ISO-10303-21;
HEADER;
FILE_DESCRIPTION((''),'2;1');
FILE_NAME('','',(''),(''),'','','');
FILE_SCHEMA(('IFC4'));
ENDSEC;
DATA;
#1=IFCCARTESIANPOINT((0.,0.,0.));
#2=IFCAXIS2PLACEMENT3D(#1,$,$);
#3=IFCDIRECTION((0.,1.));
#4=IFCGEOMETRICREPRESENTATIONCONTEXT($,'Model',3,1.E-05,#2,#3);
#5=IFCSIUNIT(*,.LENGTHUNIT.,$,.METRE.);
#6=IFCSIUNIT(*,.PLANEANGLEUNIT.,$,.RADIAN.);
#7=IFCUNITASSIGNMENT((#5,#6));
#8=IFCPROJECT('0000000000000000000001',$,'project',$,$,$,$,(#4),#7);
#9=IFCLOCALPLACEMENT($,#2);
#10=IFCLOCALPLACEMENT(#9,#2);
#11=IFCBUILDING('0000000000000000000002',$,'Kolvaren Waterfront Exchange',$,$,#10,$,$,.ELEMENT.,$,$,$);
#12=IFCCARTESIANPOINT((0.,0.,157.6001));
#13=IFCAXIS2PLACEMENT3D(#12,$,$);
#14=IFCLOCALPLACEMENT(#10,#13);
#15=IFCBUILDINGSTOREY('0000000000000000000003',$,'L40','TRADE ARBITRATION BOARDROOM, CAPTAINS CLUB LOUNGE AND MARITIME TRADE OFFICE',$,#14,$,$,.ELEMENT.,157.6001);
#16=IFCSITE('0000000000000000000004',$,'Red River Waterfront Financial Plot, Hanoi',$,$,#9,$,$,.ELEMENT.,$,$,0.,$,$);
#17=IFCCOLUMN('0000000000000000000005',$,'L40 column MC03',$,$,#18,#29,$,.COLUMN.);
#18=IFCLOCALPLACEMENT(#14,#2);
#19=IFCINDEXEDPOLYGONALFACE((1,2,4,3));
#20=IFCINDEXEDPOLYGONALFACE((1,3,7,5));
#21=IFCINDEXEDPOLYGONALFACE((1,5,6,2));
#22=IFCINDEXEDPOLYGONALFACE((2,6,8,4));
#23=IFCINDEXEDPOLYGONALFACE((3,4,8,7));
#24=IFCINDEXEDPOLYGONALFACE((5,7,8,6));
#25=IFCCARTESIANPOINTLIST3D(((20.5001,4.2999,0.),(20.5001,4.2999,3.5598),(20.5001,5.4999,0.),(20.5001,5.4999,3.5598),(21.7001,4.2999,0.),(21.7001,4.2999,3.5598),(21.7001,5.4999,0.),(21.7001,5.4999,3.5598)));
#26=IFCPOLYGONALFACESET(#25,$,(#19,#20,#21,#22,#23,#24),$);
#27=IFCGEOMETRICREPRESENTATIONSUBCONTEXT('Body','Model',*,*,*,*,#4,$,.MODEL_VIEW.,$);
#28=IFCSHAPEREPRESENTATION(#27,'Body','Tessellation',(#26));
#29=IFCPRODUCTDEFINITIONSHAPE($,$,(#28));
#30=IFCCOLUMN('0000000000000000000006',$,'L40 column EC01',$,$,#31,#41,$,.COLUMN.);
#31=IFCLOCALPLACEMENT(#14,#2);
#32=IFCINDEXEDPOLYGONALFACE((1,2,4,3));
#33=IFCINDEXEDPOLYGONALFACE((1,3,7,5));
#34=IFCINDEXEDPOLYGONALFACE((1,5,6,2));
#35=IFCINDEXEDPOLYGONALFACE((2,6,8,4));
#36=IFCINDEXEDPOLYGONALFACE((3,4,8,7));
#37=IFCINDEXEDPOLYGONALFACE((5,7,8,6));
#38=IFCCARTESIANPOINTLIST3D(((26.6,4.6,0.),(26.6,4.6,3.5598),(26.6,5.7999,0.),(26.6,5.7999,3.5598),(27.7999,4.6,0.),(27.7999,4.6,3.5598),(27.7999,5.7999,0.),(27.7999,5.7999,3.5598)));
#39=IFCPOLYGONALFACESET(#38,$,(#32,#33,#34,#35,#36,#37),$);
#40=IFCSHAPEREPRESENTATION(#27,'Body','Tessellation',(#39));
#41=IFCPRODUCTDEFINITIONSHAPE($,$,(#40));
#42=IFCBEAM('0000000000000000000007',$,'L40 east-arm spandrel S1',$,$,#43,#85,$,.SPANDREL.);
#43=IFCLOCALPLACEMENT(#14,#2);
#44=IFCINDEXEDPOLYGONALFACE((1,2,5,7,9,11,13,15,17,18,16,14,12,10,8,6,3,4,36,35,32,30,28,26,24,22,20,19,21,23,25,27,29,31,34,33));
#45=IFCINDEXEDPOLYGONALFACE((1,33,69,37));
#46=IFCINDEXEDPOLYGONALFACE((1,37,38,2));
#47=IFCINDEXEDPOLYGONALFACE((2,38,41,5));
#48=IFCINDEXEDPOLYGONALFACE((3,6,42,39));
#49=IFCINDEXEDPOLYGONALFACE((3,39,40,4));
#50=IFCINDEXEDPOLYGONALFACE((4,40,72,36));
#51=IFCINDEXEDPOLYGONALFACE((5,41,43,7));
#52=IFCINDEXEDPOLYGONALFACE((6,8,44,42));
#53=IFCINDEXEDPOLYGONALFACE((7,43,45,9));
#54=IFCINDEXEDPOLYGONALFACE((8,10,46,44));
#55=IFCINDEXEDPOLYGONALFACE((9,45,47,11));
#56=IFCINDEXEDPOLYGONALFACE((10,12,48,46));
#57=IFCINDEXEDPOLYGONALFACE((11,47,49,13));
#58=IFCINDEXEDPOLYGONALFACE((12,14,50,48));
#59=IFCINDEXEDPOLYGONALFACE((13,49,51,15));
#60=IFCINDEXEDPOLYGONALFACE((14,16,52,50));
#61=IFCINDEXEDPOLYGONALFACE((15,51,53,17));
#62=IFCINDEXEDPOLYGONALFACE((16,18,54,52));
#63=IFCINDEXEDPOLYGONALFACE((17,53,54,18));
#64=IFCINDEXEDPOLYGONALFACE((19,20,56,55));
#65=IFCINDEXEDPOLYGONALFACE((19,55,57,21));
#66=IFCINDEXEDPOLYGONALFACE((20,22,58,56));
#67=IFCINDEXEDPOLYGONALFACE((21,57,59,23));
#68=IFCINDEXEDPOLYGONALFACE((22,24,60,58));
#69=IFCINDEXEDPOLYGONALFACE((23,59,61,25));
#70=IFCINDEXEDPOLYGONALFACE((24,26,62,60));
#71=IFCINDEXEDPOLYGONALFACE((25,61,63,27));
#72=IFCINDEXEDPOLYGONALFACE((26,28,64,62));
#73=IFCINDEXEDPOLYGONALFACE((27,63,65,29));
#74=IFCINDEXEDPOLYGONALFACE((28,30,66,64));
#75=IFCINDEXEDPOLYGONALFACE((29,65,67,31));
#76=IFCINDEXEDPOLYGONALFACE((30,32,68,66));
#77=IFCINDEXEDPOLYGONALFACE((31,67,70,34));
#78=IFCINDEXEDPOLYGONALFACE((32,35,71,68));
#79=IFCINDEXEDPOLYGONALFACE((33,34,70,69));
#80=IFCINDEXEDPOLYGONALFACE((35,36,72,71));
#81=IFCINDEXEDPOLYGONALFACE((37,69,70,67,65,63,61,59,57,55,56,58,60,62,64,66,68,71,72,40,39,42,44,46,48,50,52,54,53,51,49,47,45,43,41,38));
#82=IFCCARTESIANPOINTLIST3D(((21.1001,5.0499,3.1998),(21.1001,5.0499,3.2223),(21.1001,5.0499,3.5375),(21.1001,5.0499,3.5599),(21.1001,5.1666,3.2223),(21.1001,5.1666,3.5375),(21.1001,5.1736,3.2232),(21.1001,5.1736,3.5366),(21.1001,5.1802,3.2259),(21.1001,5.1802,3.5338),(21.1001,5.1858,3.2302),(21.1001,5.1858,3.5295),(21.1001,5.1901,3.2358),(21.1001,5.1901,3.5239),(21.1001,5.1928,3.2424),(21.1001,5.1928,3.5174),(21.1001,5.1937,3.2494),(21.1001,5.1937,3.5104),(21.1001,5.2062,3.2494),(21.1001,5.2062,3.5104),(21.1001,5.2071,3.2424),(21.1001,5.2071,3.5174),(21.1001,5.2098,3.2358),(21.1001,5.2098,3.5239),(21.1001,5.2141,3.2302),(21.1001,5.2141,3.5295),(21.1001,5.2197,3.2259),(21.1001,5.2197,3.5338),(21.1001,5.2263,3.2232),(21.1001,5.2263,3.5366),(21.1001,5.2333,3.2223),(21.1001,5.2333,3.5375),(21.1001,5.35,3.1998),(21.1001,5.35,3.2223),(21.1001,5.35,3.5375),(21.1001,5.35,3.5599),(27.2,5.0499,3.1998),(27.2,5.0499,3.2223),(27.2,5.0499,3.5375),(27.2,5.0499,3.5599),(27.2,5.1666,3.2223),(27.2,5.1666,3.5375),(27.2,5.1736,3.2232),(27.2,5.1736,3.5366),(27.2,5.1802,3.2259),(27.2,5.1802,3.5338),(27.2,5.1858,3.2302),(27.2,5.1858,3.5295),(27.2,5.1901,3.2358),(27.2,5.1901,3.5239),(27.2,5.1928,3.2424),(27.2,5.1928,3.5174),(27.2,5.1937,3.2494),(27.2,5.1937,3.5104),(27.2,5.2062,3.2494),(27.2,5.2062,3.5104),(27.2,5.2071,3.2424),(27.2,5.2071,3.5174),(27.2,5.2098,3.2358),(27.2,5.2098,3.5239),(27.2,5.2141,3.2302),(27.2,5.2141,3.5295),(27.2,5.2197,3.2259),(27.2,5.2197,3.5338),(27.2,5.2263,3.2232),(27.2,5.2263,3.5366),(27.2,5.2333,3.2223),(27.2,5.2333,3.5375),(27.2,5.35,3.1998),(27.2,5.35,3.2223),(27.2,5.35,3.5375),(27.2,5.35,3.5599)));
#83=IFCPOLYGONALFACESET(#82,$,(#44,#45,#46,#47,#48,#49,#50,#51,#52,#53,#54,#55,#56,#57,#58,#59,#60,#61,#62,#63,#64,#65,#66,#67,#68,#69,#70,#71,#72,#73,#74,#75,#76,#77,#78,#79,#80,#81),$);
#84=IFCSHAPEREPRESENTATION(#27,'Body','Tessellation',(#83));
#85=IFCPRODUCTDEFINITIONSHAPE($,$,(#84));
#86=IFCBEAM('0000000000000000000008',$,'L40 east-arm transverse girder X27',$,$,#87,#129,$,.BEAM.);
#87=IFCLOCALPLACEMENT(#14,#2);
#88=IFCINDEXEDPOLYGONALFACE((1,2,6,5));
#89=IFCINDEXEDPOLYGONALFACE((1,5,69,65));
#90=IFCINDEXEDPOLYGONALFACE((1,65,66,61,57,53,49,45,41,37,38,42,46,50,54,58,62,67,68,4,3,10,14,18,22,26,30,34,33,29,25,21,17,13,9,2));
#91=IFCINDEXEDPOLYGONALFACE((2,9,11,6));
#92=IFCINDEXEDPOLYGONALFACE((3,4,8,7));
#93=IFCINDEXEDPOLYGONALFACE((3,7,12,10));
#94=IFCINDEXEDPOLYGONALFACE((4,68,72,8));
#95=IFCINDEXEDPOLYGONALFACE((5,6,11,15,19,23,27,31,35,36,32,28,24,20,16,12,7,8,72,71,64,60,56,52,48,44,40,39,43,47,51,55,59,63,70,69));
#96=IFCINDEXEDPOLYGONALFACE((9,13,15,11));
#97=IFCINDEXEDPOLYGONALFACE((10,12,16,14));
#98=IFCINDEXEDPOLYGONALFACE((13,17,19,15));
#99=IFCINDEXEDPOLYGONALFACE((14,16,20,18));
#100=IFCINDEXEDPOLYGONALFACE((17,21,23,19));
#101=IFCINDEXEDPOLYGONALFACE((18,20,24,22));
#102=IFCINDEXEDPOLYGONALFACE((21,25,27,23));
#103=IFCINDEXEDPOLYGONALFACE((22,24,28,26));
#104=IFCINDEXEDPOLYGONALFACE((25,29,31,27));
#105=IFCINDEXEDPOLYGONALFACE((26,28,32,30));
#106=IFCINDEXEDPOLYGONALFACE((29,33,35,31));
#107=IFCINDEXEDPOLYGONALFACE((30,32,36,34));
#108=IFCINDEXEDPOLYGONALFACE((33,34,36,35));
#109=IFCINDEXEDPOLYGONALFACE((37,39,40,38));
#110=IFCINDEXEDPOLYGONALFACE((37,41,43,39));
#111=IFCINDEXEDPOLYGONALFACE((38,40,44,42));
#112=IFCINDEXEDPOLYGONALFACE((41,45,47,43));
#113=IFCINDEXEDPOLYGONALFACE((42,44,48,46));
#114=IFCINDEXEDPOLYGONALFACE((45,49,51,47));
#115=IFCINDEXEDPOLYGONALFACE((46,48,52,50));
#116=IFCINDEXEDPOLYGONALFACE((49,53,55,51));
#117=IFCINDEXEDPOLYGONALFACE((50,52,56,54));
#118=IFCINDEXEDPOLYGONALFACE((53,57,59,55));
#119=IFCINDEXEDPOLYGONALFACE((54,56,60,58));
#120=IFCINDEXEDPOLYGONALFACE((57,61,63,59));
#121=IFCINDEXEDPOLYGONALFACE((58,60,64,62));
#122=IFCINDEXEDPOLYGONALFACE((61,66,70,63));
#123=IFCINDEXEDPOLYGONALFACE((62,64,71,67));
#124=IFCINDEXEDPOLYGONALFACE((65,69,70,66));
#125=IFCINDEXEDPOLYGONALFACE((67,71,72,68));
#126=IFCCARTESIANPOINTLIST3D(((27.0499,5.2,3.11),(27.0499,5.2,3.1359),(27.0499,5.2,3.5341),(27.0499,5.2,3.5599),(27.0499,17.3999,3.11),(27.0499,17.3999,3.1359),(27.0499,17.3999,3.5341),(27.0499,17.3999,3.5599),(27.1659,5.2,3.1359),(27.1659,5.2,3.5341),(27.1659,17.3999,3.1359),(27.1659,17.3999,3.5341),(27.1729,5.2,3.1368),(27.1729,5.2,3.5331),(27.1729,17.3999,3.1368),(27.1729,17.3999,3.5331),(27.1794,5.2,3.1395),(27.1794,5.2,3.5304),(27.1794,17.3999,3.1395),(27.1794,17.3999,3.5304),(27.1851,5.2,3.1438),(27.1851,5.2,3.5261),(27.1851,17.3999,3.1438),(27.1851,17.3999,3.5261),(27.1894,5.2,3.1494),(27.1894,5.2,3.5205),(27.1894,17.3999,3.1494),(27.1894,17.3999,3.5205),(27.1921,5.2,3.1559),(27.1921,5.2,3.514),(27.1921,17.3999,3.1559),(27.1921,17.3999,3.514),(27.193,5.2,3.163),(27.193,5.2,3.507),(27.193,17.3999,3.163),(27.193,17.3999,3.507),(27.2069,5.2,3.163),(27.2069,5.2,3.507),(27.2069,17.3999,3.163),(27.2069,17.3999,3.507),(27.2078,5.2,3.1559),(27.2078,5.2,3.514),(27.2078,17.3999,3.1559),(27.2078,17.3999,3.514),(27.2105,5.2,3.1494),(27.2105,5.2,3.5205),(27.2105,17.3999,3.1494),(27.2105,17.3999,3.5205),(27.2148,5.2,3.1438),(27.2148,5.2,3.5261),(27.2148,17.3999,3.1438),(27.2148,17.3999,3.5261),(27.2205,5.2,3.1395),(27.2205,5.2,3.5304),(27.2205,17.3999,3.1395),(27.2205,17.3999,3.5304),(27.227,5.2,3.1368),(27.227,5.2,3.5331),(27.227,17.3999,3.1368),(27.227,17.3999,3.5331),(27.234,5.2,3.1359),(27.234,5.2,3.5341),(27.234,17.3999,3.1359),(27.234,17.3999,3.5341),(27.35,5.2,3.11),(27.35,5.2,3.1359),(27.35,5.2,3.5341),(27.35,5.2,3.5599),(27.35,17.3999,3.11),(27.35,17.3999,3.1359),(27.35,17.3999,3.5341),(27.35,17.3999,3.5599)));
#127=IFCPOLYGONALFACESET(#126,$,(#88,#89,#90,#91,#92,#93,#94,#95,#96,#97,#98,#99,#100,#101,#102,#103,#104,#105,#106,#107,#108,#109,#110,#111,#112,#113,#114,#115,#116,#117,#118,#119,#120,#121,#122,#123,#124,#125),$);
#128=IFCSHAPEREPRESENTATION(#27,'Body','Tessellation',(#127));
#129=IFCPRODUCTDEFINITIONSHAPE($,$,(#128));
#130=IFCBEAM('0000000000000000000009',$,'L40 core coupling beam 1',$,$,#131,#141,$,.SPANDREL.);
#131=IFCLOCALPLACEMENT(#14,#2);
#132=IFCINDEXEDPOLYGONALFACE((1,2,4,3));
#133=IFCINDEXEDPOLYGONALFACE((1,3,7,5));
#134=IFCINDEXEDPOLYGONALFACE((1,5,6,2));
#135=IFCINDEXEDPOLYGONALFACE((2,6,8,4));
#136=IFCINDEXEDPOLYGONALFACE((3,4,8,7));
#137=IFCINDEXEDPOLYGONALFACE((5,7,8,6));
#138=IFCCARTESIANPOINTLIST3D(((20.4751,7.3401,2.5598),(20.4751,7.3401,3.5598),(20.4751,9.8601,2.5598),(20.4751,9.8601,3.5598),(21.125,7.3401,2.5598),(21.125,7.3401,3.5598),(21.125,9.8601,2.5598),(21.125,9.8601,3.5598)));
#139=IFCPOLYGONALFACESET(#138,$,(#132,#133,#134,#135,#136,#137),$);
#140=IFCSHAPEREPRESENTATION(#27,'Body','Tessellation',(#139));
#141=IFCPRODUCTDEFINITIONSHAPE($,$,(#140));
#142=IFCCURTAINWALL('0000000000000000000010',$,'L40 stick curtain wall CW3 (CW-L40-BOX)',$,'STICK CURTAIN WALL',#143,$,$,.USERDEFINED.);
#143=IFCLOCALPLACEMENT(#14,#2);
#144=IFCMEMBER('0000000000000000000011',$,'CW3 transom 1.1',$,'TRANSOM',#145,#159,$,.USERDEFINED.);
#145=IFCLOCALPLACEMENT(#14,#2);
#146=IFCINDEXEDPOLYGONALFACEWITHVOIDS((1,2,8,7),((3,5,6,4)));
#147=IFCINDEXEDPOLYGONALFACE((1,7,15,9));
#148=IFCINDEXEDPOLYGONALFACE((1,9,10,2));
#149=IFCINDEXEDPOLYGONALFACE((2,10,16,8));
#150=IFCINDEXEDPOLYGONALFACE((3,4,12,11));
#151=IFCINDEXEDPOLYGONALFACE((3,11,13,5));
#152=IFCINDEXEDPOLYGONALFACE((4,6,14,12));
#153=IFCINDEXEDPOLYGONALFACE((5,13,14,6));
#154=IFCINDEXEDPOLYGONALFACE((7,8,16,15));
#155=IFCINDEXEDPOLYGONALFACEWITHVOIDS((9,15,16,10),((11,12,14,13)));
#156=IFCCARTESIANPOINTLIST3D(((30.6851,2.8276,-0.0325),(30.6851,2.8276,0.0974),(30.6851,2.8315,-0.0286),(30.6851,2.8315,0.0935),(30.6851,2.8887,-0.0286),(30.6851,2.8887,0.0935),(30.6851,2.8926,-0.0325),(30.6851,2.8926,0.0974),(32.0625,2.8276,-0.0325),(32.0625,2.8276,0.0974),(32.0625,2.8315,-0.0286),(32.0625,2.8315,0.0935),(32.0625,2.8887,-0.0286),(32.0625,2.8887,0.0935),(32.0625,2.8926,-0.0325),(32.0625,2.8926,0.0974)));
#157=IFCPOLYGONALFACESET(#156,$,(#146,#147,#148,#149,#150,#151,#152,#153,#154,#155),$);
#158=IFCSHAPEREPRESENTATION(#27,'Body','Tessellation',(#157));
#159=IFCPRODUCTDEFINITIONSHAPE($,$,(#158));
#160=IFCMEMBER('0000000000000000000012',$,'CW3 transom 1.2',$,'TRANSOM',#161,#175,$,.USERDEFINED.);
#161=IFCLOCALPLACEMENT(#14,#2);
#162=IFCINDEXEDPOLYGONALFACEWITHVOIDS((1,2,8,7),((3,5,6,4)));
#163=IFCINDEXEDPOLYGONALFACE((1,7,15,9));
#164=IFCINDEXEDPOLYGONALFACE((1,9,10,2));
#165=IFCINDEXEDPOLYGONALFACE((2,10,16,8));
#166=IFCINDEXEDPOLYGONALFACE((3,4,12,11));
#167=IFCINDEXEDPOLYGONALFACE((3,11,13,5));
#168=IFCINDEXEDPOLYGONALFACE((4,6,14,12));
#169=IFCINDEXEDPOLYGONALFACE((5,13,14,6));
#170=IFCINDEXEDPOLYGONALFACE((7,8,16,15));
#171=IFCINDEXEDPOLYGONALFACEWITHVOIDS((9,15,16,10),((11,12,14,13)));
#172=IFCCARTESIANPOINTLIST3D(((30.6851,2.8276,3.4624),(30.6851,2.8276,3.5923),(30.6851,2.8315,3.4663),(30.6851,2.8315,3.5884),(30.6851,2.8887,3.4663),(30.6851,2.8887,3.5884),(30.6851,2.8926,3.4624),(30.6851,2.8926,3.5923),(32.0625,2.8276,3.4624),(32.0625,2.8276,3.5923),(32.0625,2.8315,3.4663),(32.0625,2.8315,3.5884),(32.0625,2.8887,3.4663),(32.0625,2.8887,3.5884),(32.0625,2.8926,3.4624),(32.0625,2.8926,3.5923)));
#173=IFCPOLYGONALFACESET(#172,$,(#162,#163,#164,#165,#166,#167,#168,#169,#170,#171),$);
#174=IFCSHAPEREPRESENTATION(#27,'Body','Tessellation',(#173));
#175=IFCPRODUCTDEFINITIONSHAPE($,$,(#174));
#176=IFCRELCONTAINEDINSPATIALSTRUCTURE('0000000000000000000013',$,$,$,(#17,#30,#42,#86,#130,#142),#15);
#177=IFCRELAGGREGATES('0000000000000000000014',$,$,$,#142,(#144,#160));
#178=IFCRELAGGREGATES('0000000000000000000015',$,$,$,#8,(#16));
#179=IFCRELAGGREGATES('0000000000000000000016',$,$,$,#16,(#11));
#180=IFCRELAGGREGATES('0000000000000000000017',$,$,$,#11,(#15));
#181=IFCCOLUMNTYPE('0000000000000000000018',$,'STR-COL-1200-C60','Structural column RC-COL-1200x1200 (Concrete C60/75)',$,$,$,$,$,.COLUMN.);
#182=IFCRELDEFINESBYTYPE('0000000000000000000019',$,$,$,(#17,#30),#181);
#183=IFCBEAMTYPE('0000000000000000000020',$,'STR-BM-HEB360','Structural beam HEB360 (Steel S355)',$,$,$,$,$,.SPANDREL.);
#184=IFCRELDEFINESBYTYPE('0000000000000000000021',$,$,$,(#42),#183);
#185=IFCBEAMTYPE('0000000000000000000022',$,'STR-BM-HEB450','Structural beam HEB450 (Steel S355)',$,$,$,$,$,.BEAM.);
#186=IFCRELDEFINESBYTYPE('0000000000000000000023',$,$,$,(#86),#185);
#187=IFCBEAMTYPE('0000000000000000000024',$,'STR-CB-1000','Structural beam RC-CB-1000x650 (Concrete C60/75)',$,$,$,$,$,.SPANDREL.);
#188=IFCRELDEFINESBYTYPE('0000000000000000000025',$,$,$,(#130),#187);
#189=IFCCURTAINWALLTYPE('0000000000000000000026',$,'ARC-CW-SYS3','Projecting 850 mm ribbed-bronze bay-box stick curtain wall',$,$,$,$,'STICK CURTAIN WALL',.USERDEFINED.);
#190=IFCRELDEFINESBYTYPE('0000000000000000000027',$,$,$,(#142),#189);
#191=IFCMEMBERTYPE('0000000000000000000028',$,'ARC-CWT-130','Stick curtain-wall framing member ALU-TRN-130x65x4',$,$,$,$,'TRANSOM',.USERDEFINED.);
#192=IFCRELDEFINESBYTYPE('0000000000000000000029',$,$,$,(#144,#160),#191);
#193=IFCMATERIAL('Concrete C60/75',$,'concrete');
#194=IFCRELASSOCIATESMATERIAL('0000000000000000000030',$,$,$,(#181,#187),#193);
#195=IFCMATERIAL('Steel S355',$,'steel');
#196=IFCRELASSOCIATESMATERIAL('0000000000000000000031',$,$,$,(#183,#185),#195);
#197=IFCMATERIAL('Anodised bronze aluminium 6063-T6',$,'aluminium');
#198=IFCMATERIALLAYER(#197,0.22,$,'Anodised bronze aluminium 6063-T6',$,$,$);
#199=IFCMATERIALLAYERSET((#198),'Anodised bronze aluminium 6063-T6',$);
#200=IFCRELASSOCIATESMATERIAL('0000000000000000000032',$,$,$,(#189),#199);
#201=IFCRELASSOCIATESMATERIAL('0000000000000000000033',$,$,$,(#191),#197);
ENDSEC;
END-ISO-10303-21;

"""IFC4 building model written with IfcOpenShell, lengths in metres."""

from ifc_helpers import new_model, si_unit, direction, frame, origin, origin_with_axes, origin_2d, place, context, subcontext, project, spatial, rectangle, hollow_rectangle, i_section, extrude, source, transform, mapped, material, layer, layer_set, material_profile, profile_set, type_object, element, aggregate, save


model = new_model("IFC4")

# Units and contexts
model_context = context("Model", 3, precision=1e-05, world=origin(), true_north=direction((0.0, 1.0)))
body_context = subcontext(model_context, "Body", "Model", "MODEL_VIEW")
ifc_project = project(units=[si_unit("LENGTHUNIT", "METRE"), si_unit("PLANEANGLEUNIT", "RADIAN")], contexts=[model_context])

# Site, building, storey
site_placement = place(None, origin())
site = spatial("IfcSite", under=ifc_project, at=site_placement, Name="Red River Waterfront Financial Plot, Hanoi", CompositionType="ELEMENT", RefElevation=0.0)
building_placement = place(site_placement, origin())
building = spatial("IfcBuilding", under=site, at=building_placement, Name="Kolvaren Waterfront Exchange", CompositionType="ELEMENT")
storey_placement = place(building_placement, frame((0.0, 0.0, 157.6001)))
storey = spatial("IfcBuildingStorey", under=building, at=storey_placement, Name="L40", Description="TRADE ARBITRATION BOARDROOM, CAPTAINS CLUB LOUNGE AND MARITIME TRADE OFFICE", CompositionType="ELEMENT", Elevation=157.6001)

# Columns
ifc_material_1 = material(Name="Concrete C60/75", Category="concrete")
ifc_material_profile_1 = material_profile(ifc_material_1, rectangle(XDim=1.2, YDim=1.2, at=origin_2d()), Name="RC-COL-1200x1200")
ifc_profile_set_1 = profile_set([ifc_material_profile_1], Name="Concrete C60/75")
column_type = type_object("IfcColumnType", Name="STR-COL-1200-C60", Description="Structural column RC-COL-1200x1200 (Concrete C60/75)", PredefinedType="COLUMN", material=ifc_profile_set_1)
for number, where, z_axis, x_axis, name in (
    (1, (21.1001, 4.8999, 0.0), (0.0, 0.0, 1.0), (1.0, 0.0, 0.0), "L40 column MC03"),
    (2, (27.2, 5.2, 0.0), (0.0, 0.0, 1.0), (1.0, 0.0, 0.0), "L40 column EC01"),
):
    element("IfcColumn", number, at=place(storey_placement, frame(where, z_axis=z_axis, x_axis=x_axis)), inside=storey, type_object=column_type, Name=name, PredefinedType="COLUMN", context=body_context, shape_type="SweptSolid", body=[
        extrude(rectangle(XDim=1.2, YDim=1.2, at=origin_2d()), origin(), (0.0, 0.0, 1.0), 3.5598),
    ])

# Beams
ifc_material_2 = material(Name="Steel S355", Category="steel")
ifc_material_profile_2 = material_profile(ifc_material_2, i_section(OverallWidth=0.3, OverallDepth=0.3601, WebThickness=0.0125, FlangeThickness=0.0225, FilletRadius=0.0271, at=origin_2d()), Name="HEB360")
ifc_profile_set_2 = profile_set([ifc_material_profile_2], Name="Steel S355")
beam_type_1 = type_object("IfcBeamType", Name="STR-BM-HEB360", Description="Structural beam HEB360 (Steel S355)", PredefinedType="SPANDREL", material=ifc_profile_set_2)
beam_1_placement = place(storey_placement, frame((21.1001, 5.2, 3.3799), z_axis=(1.0, 0.0, 0.0), x_axis=(0.0, 1.0, 0.0)))
element("IfcBeam", 3, at=beam_1_placement, inside=storey, type_object=beam_type_1, Name="L40 east-arm spandrel S1", PredefinedType="SPANDREL", context=body_context, shape_type="SweptSolid", body=[
    extrude(i_section(OverallWidth=0.3, OverallDepth=0.3601, WebThickness=0.0125, FlangeThickness=0.0225, FilletRadius=0.0271, at=origin_2d()), origin(), (0.0, 0.0, 1.0), 6.0999),
])
ifc_material_profile_3 = material_profile(ifc_material_2, i_section(OverallWidth=0.3, OverallDepth=0.45, WebThickness=0.0139, FlangeThickness=0.0259, FilletRadius=0.0271, at=origin_2d()), Name="HEB450")
ifc_profile_set_3 = profile_set([ifc_material_profile_3], Name="Steel S355")
beam_type_2 = type_object("IfcBeamType", Name="STR-BM-HEB450", Description="Structural beam HEB450 (Steel S355)", PredefinedType="BEAM", material=ifc_profile_set_3)
beam_2_placement = place(storey_placement, frame((27.2, 5.2, 3.335), z_axis=(0.0, 1.0, 0.0), x_axis=(-1.0, 0.0, 0.0)))
element("IfcBeam", 4, at=beam_2_placement, inside=storey, type_object=beam_type_2, Name="L40 east-arm transverse girder X27", PredefinedType="BEAM", context=body_context, shape_type="SweptSolid", body=[
    extrude(i_section(OverallWidth=0.3, OverallDepth=0.45, WebThickness=0.0139, FlangeThickness=0.0259, FilletRadius=0.0271, at=origin_2d()), origin(), (0.0, 0.0, 1.0), 12.2),
])
ifc_material_profile_4 = material_profile(ifc_material_1, rectangle(XDim=0.6499, YDim=1.0, at=origin_2d()), Name="RC-CB-1000x650")
ifc_profile_set_4 = profile_set([ifc_material_profile_4], Name="Concrete C60/75")
beam_type_3 = type_object("IfcBeamType", Name="STR-CB-1000", Description="Structural beam RC-CB-1000x650 (Concrete C60/75)", PredefinedType="SPANDREL", material=ifc_profile_set_4)
beam_3_placement = place(storey_placement, frame((20.8, 7.3401, 3.0598), z_axis=(0.0, 1.0, 0.0), x_axis=(-1.0, 0.0, 0.0)))
element("IfcBeam", 5, at=beam_3_placement, inside=storey, type_object=beam_type_3, Name="L40 core coupling beam 1", PredefinedType="SPANDREL", context=body_context, shape_type="SweptSolid", body=[
    extrude(rectangle(XDim=0.6499, YDim=1.0, at=origin_2d()), origin(), (0.0, 0.0, 1.0), 2.52),
])

# Curtain wall, members
ifc_material_3 = material(Name="Anodised bronze aluminium 6063-T6", Category="aluminium")
ifc_layer_1 = layer(ifc_material_3, 0.22, Name="Anodised bronze aluminium 6063-T6")
ifc_layer_set_1 = layer_set([ifc_layer_1], Name="Anodised bronze aluminium 6063-T6")
curtain_wall_type_1 = type_object("IfcCurtainWallType", Name="ARC-CW-SYS3", Description="Projecting 850 mm ribbed-bronze bay-box stick curtain wall", ElementType="STICK CURTAIN WALL", PredefinedType="USERDEFINED", material=ifc_layer_set_1)
curtain_wall_1_placement = place(storey_placement, origin())
curtain_wall_1 = element("IfcCurtainWall", 6, at=curtain_wall_1_placement, inside=storey, type_object=curtain_wall_type_1, Name="L40 stick curtain wall CW3 (CW-L40-BOX)", ObjectType="STICK CURTAIN WALL", PredefinedType="USERDEFINED")
ifc_material_profile_5 = material_profile(ifc_material_3, hollow_rectangle(XDim=0.0649, YDim=0.1299, WallThickness=0.0039, at=origin_2d()), Name="ALU-TRN-130x65x4")
ifc_profile_set_5 = profile_set([ifc_material_profile_5], Name="Anodised bronze aluminium 6063-T6")
member_type_1 = type_object("IfcMemberType", Name="ARC-CWT-130", Description="Stick curtain-wall framing member ALU-TRN-130x65x4", ElementType="TRANSOM", PredefinedType="USERDEFINED", material=ifc_profile_set_5)
shared_shape_1 = source(origin_with_axes(), body_context, "Body", "SweptSolid", [
    extrude(hollow_rectangle(XDim=0.0649, YDim=0.1299, WallThickness=0.0039, at=origin_2d()), origin(), (0.0, 0.0, 1.0), 1.3774),
])
member_1_placement = place(storey_placement, frame((30.6851, 2.8601, 0.0325), z_axis=(1.0, 0.0, 0.0), x_axis=(0.0, 1.0, 0.0)))
member_1 = element("IfcMember", 7, at=member_1_placement, type_object=member_type_1, Name="CW3 transom 1.1", ObjectType="TRANSOM", PredefinedType="USERDEFINED", context=body_context, shape_type="MappedRepresentation", body=[
    mapped(shared_shape_1, transform((0.0, 0.0, 0.0), x_axis=(1.0, 0.0, 0.0), y_axis=(0.0, 1.0, 0.0), z_axis=(0.0, 0.0, 1.0), scale=1.0)),
])
member_2_placement = place(storey_placement, frame((30.6851, 2.8601, 3.5273), z_axis=(1.0, 0.0, 0.0), x_axis=(0.0, 1.0, 0.0)))
member_2 = element("IfcMember", 8, at=member_2_placement, type_object=member_type_1, Name="CW3 transom 1.2", ObjectType="TRANSOM", PredefinedType="USERDEFINED", context=body_context, shape_type="MappedRepresentation", body=[
    mapped(shared_shape_1, transform((0.0, 0.0, 0.0), x_axis=(1.0, 0.0, 0.0), y_axis=(0.0, 1.0, 0.0), z_axis=(0.0, 0.0, 1.0), scale=1.0)),
])

aggregate(curtain_wall_1, [member_1, member_2])

save(model, "model.ifc")
